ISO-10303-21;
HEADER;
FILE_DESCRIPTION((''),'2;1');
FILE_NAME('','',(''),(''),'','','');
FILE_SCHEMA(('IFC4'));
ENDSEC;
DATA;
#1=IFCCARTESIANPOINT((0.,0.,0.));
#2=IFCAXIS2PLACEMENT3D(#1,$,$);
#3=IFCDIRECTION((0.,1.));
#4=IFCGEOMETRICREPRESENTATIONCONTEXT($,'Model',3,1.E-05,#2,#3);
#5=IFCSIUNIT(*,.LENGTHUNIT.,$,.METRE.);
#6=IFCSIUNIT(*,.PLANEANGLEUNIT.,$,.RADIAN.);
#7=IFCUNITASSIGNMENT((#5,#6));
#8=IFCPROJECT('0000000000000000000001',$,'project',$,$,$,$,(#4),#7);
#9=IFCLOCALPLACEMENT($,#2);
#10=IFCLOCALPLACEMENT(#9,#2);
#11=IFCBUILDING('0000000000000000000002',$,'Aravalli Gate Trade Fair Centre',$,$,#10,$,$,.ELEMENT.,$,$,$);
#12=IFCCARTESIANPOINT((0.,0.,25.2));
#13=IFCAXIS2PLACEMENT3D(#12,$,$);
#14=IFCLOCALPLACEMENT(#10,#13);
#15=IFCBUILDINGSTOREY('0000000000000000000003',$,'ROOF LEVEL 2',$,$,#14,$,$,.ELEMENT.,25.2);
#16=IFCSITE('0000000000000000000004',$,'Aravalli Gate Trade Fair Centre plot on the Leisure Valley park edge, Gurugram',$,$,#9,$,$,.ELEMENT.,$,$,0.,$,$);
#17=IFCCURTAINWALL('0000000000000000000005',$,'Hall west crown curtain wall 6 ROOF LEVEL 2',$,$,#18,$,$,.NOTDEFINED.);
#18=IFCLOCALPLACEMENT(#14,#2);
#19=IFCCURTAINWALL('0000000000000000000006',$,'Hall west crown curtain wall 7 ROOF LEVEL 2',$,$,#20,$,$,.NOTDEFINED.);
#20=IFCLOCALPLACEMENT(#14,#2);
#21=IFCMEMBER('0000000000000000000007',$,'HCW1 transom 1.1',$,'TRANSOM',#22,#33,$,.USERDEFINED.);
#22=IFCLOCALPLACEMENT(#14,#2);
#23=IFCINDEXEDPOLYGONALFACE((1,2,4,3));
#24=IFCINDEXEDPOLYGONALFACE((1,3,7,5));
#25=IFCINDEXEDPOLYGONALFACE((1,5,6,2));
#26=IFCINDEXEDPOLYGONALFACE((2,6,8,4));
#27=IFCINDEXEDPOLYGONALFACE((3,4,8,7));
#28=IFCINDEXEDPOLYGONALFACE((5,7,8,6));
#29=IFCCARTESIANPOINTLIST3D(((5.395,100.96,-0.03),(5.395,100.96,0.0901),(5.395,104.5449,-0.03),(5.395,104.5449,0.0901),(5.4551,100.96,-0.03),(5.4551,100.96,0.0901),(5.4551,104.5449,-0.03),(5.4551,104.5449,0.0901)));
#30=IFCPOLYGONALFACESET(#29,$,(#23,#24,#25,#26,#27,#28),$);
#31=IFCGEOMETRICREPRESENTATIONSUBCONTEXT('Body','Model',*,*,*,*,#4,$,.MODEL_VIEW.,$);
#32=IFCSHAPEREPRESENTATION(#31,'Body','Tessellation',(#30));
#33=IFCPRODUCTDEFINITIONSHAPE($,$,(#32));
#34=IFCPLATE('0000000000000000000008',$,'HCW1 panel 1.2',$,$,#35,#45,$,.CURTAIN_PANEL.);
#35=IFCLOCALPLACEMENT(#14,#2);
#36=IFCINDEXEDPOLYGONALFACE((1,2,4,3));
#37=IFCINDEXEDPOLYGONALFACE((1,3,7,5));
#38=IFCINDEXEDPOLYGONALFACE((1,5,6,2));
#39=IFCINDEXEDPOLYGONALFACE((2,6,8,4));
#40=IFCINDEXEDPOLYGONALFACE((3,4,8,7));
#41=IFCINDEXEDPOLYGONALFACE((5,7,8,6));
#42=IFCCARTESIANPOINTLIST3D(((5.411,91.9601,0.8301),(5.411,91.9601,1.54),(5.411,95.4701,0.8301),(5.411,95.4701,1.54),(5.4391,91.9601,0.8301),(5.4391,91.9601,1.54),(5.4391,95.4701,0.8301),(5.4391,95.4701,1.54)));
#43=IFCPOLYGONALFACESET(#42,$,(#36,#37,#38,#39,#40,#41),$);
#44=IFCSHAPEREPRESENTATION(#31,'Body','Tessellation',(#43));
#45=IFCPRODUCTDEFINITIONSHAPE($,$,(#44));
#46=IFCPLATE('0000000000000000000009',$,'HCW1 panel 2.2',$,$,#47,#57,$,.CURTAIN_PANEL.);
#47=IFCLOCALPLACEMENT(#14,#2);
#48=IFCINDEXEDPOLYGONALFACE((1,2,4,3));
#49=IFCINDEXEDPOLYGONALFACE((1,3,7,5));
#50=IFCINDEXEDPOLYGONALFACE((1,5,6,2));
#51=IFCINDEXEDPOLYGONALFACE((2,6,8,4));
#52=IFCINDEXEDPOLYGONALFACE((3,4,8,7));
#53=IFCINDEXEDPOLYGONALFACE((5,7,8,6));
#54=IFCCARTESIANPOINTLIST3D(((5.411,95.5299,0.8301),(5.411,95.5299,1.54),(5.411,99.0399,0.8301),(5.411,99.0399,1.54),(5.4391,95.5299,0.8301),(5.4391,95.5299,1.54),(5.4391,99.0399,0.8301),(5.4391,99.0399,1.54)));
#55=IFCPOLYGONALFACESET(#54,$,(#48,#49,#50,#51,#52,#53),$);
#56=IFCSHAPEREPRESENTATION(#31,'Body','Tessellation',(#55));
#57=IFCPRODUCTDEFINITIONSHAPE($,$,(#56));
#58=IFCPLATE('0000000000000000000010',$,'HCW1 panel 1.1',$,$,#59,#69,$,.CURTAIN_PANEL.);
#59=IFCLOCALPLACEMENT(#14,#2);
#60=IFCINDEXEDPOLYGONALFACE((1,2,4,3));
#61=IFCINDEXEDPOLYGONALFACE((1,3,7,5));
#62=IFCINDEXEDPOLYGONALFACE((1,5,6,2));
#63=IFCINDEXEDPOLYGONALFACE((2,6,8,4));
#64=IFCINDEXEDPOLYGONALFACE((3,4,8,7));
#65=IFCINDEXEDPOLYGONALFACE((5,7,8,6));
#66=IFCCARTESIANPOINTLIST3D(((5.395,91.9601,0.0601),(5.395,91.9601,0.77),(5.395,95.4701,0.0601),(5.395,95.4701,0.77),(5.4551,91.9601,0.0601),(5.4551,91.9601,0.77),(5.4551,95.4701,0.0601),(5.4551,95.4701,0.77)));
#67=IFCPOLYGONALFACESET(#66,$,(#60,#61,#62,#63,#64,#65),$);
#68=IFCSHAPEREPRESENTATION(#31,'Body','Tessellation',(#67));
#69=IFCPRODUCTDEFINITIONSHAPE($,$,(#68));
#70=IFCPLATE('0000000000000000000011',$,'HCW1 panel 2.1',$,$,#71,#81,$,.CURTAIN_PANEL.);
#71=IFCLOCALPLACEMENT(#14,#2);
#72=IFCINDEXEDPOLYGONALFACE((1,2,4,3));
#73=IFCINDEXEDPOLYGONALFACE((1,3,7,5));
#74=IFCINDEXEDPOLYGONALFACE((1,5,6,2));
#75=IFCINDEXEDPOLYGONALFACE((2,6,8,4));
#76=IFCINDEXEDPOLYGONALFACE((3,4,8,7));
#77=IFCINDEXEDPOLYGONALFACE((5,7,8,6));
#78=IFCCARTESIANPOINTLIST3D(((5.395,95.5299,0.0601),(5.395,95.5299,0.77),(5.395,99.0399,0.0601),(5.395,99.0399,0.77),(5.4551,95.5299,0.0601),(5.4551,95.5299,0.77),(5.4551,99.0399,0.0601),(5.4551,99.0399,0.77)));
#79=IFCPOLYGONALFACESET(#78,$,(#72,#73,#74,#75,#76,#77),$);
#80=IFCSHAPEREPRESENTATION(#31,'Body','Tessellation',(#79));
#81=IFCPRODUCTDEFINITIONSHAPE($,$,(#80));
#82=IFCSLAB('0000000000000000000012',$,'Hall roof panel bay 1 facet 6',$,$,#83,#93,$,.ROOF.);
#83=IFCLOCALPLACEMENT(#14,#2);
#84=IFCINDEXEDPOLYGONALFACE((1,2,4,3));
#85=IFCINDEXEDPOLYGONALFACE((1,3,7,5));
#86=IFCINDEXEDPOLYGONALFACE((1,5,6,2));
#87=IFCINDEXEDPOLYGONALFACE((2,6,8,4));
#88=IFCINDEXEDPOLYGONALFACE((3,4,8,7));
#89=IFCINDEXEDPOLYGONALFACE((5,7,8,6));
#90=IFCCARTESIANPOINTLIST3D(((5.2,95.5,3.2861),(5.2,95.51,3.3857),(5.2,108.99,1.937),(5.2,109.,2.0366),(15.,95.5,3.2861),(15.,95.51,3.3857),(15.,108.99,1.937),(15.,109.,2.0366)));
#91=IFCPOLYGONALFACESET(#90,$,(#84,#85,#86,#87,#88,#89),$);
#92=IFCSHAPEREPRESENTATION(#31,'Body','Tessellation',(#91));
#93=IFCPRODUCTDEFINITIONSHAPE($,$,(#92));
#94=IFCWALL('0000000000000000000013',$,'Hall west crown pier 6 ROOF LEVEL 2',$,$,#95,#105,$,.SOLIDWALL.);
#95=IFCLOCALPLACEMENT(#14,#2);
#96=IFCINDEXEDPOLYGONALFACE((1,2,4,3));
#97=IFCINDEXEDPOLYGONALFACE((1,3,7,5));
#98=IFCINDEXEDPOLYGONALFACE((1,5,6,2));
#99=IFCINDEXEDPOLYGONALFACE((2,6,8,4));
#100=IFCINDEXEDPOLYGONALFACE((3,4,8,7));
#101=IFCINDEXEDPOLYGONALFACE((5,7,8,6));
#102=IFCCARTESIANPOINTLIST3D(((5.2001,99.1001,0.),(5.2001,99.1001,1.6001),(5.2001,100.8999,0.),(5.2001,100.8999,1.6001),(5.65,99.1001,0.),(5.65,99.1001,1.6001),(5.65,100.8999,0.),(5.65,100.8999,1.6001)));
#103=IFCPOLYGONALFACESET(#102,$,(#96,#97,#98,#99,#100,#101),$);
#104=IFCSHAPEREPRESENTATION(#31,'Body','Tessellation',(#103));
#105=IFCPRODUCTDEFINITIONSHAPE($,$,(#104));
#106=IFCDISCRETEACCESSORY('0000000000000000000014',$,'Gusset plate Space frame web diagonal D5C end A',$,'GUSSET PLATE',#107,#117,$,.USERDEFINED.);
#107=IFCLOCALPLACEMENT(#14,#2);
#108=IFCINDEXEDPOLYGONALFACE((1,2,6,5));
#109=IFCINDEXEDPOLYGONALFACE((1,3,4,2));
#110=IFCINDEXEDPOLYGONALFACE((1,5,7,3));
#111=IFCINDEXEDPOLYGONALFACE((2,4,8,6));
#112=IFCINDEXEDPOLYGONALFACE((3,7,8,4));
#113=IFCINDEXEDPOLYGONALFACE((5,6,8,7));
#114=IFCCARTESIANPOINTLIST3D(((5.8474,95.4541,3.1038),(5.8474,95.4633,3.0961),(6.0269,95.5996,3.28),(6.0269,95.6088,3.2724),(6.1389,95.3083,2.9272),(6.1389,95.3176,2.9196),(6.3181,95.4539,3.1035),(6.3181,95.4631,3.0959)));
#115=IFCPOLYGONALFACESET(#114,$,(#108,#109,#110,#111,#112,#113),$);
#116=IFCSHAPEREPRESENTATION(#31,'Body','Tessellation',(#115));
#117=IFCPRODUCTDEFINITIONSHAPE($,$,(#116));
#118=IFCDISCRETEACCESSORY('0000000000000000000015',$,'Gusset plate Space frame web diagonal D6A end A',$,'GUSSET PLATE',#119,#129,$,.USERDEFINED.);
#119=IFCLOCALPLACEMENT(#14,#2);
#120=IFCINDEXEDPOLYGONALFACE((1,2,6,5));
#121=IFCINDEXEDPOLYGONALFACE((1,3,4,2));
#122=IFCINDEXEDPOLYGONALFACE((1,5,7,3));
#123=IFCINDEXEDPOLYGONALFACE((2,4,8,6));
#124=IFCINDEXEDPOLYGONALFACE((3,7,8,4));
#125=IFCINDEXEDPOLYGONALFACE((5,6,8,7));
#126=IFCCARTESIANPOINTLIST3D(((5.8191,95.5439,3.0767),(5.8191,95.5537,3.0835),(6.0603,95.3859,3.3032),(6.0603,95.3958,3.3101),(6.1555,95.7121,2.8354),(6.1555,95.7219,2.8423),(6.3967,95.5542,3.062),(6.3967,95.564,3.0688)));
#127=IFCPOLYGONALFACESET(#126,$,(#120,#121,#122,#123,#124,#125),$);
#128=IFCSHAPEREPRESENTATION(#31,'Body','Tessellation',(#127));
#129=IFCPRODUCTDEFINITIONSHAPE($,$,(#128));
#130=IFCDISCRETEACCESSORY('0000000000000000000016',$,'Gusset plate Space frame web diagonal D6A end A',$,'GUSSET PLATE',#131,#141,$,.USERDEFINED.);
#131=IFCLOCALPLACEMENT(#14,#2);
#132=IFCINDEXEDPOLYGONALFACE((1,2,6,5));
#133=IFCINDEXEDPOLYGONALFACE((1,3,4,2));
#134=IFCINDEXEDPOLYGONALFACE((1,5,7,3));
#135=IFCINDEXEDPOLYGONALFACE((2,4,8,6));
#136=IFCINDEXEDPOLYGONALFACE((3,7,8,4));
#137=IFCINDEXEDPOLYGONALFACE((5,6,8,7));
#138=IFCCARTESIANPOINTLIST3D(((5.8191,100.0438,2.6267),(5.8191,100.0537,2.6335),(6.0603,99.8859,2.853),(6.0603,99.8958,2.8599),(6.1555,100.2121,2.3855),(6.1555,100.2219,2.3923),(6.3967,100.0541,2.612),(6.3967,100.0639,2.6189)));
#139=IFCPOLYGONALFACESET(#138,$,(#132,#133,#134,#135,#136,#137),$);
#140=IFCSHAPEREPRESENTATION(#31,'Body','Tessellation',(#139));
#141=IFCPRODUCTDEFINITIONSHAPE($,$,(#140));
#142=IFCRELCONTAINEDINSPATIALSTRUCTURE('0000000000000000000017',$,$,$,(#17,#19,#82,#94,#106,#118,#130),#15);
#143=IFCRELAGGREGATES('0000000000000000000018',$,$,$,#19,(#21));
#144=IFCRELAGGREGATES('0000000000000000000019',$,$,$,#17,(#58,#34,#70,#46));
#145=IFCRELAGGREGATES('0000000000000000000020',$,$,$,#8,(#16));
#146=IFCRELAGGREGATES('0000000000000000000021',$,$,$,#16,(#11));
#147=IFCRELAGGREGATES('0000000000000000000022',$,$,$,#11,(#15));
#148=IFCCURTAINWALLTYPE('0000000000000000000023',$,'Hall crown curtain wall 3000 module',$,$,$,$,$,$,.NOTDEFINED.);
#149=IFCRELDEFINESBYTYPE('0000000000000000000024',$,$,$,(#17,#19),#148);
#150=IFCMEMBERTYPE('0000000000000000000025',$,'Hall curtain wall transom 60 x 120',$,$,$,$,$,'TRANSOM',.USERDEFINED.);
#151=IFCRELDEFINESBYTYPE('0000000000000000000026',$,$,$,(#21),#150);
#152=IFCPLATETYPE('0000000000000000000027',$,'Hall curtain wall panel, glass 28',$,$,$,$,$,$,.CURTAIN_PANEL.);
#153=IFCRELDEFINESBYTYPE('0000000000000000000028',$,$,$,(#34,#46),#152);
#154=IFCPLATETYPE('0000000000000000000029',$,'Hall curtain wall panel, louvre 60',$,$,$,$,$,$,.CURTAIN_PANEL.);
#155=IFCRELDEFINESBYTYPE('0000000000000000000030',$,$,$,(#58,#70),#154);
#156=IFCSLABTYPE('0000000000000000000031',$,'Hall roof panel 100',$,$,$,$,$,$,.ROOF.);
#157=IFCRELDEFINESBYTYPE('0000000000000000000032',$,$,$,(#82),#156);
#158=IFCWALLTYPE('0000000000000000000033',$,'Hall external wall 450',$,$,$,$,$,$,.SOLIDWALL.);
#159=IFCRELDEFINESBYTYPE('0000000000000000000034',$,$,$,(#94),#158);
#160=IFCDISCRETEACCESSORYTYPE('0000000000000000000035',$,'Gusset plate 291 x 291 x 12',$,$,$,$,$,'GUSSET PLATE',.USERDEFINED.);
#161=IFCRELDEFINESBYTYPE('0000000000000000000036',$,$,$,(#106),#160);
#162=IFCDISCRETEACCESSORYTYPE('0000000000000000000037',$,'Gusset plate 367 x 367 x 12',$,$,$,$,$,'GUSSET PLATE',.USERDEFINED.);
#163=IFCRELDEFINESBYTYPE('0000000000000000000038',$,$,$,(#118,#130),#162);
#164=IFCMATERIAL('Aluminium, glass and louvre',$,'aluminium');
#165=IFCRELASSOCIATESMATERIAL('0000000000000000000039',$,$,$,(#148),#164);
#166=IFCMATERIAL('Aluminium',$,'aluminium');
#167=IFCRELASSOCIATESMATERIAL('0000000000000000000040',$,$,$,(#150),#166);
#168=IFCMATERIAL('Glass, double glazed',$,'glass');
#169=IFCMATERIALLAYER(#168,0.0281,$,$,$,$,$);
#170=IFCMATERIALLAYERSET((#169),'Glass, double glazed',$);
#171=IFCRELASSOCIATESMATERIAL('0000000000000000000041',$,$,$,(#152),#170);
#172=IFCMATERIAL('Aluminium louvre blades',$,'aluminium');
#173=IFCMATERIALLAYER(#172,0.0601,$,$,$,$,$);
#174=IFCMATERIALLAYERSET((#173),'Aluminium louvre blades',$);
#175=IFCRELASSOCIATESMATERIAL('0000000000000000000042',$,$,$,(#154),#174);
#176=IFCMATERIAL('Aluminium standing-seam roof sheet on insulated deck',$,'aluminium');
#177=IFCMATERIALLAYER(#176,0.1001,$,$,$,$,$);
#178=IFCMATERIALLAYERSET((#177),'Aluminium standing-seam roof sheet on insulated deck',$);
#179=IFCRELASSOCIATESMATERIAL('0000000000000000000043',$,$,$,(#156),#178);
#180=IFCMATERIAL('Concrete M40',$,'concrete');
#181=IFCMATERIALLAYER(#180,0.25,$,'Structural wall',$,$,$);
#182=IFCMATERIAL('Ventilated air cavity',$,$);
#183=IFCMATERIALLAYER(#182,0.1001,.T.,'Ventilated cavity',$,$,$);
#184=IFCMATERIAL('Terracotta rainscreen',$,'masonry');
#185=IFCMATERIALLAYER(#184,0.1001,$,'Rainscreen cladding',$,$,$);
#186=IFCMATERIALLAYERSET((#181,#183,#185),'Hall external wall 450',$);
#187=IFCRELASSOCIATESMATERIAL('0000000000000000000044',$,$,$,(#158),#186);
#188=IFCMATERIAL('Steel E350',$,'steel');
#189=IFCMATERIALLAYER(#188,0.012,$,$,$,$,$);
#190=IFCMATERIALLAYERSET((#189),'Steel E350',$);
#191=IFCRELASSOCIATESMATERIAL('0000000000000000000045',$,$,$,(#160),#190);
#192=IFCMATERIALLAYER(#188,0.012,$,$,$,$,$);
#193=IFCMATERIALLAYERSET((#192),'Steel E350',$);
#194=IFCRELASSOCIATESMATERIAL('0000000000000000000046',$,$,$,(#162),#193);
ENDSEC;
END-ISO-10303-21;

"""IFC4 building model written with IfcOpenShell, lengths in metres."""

from ifc_helpers import new_model, si_unit, direction, frame, frame_2d, origin, origin_2d, place, context, subcontext, project, spatial, polyline, rectangle, outline, extrude, material, layer, layer_set, material_profile, profile_set, type_object, element, aggregate, save


model = new_model("IFC4")

# Units and contexts
model_context = context("Model", 3, precision=1e-05, world=origin(), true_north=direction((0.0, 1.0)))
body_context = subcontext(model_context, "Body", "Model", "MODEL_VIEW")
ifc_project = project(units=[si_unit("LENGTHUNIT", "METRE"), si_unit("PLANEANGLEUNIT", "RADIAN")], contexts=[model_context])

# Site, building, storey
site_placement = place(None, origin())
site = spatial("IfcSite", under=ifc_project, at=site_placement, Name="Aravalli Gate Trade Fair Centre plot on the Leisure Valley park edge, Gurugram", CompositionType="ELEMENT", RefElevation=0.0)
building_placement = place(site_placement, origin())
building = spatial("IfcBuilding", under=site, at=building_placement, Name="Aravalli Gate Trade Fair Centre", CompositionType="ELEMENT")
storey_placement = place(building_placement, frame((0.0, 0.0, 25.2)))
storey = spatial("IfcBuildingStorey", under=building, at=storey_placement, Name="ROOF LEVEL 2", CompositionType="ELEMENT", Elevation=25.2)

# Shared definitions
ifc_material_1 = material(Name="Steel E350", Category="steel")

# Curtain wall
ifc_material_2 = material(Name="Aluminium, glass and louvre", Category="aluminium")
curtain_wall_type = type_object("IfcCurtainWallType", Name="Hall crown curtain wall 3000 module", PredefinedType="NOTDEFINED", material=ifc_material_2)
curtain_wall_1_placement = place(storey_placement, origin())
curtain_wall_1 = element("IfcCurtainWall", 1, at=curtain_wall_1_placement, inside=storey, type_object=curtain_wall_type, Name="Hall west crown curtain wall 6 ROOF LEVEL 2", PredefinedType="NOTDEFINED")
ifc_material_3 = material(Name="Aluminium", Category="aluminium")

# Curtain wall
curtain_wall_2_placement = place(storey_placement, origin())
curtain_wall_2 = element("IfcCurtainWall", 2, at=curtain_wall_2_placement, inside=storey, type_object=curtain_wall_type, Name="Hall west crown curtain wall 7 ROOF LEVEL 2", PredefinedType="NOTDEFINED")

# Member
ifc_material_profile_1 = material_profile(ifc_material_3, rectangle(XDim=0.0601, YDim=0.1201, at=origin_2d()), Name="Hall curtain wall transom 60 x 120")
ifc_profile_set_1 = profile_set([ifc_material_profile_1], Name="Aluminium")
member_type_1 = type_object("IfcMemberType", Name="Hall curtain wall transom 60 x 120", ElementType="TRANSOM", PredefinedType="USERDEFINED", material=ifc_profile_set_1)
member_1_placement = place(storey_placement, frame((5.425, 100.96, 0.03), z_axis=(0.0, 1.0, 0.0), x_axis=(-1.0, 0.0, 0.0)))
member_1 = element("IfcMember", 3, at=member_1_placement, type_object=member_type_1, Name="HCW1 transom 1.1", ObjectType="TRANSOM", PredefinedType="USERDEFINED", context=body_context, shape_type="SweptSolid", body=[
    extrude(rectangle(XDim=0.0601, YDim=0.1201, at=origin_2d()), origin(), (0.0, 0.0, 1.0), 3.585),
])
aggregate(curtain_wall_2, [member_1])

# Plates
ifc_material_4 = material(Name="Glass, double glazed", Category="glass")
ifc_layer_1 = layer(ifc_material_4, 0.0281)
ifc_layer_set_1 = layer_set([ifc_layer_1], Name="Glass, double glazed")
plate_type_1 = type_object("IfcPlateType", Name="Hall curtain wall panel, glass 28", PredefinedType="CURTAIN_PANEL", material=ifc_layer_set_1)
plate_1_placement = place(storey_placement, frame((5.425, 93.7151, 0.8301), z_axis=(0.0, 0.0, 1.0), x_axis=(0.0, 1.0, 0.0)))
plate_1 = element("IfcPlate", 4, at=plate_1_placement, type_object=plate_type_1, Name="HCW1 panel 1.2", PredefinedType="CURTAIN_PANEL", context=body_context, shape_type="SweptSolid", body=[
    extrude(rectangle(XDim=3.51, YDim=0.0281, at=origin_2d()), origin(), (0.0, 0.0, 1.0), 0.71),
])
plate_2_placement = place(storey_placement, frame((5.425, 97.2849, 0.8301), z_axis=(0.0, 0.0, 1.0), x_axis=(0.0, 1.0, 0.0)))
plate_2 = element("IfcPlate", 5, at=plate_2_placement, type_object=plate_type_1, Name="HCW1 panel 2.2", PredefinedType="CURTAIN_PANEL", context=body_context, shape_type="SweptSolid", body=[
    extrude(rectangle(XDim=3.51, YDim=0.0281, at=origin_2d()), origin(), (0.0, 0.0, 1.0), 0.71),
])
ifc_material_5 = material(Name="Aluminium louvre blades", Category="aluminium")
ifc_layer_2 = layer(ifc_material_5, 0.0601)
ifc_layer_set_2 = layer_set([ifc_layer_2], Name="Aluminium louvre blades")
plate_type_2 = type_object("IfcPlateType", Name="Hall curtain wall panel, louvre 60", PredefinedType="CURTAIN_PANEL", material=ifc_layer_set_2)
plate_3_placement = place(storey_placement, frame((5.425, 93.7151, 0.0601), z_axis=(0.0, 0.0, 1.0), x_axis=(0.0, 1.0, 0.0)))
plate_3 = element("IfcPlate", 6, at=plate_3_placement, type_object=plate_type_2, Name="HCW1 panel 1.1", PredefinedType="CURTAIN_PANEL", context=body_context, shape_type="SweptSolid", body=[
    extrude(rectangle(XDim=3.51, YDim=0.0601, at=origin_2d()), origin(), (0.0, 0.0, 1.0), 0.71),
])
plate_4_placement = place(storey_placement, frame((5.425, 97.2849, 0.0601), z_axis=(0.0, 0.0, 1.0), x_axis=(0.0, 1.0, 0.0)))
plate_4 = element("IfcPlate", 7, at=plate_4_placement, type_object=plate_type_2, Name="HCW1 panel 2.1", PredefinedType="CURTAIN_PANEL", context=body_context, shape_type="SweptSolid", body=[
    extrude(rectangle(XDim=3.51, YDim=0.0601, at=origin_2d()), origin(), (0.0, 0.0, 1.0), 0.71),
])
aggregate(curtain_wall_1, [plate_3, plate_1, plate_4, plate_2])

# Slab
ifc_material_6 = material(Name="Aluminium standing-seam roof sheet on insulated deck", Category="aluminium")
ifc_layer_3 = layer(ifc_material_6, 0.1001)
ifc_layer_set_3 = layer_set([ifc_layer_3], Name="Aluminium standing-seam roof sheet on insulated deck")
slab_type = type_object("IfcSlabType", Name="Hall roof panel 100", PredefinedType="ROOF", material=ifc_layer_set_3)
slab_placement = place(storey_placement, frame((5.2, 95.51, 3.3857), z_axis=(0.0, 0.099513, 0.995036), x_axis=(1.0, 0.0, 0.0)))
element("IfcSlab", 8, at=slab_placement, inside=storey, type_object=slab_type, Name="Hall roof panel bay 1 facet 6", PredefinedType="ROOF", context=body_context, shape_type="SweptSolid", body=[
    extrude(outline(polyline([(0.0, 0.0), (9.8, 0.0), (9.8, 13.5573), (0.0, 13.5573), (0.0, 0.0)])), origin(), (0.0, 0.0, -1.0), 0.1001),
])

# Wall
ifc_material_7 = material(Name="Concrete M40", Category="concrete")
ifc_layer_4 = layer(ifc_material_7, 0.25, Name="Structural wall")
ifc_material_8 = material(Name="Ventilated air cavity")
ifc_layer_5 = layer(ifc_material_8, 0.1001, ventilated=True, Name="Ventilated cavity")
ifc_material_9 = material(Name="Terracotta rainscreen", Category="masonry")
ifc_layer_6 = layer(ifc_material_9, 0.1001, Name="Rainscreen cladding")
ifc_layer_set_4 = layer_set([ifc_layer_4, ifc_layer_5, ifc_layer_6], Name="Hall external wall 450")
wall_type = type_object("IfcWallType", Name="Hall external wall 450", PredefinedType="SOLIDWALL", material=ifc_layer_set_4)
wall_placement = place(storey_placement, frame((5.425, 99.1001, 0.0), z_axis=(0.0, 0.0, 1.0), x_axis=(0.0, 1.0, 0.0)))
element("IfcWall", 9, at=wall_placement, inside=storey, type_object=wall_type, Name="Hall west crown pier 6 ROOF LEVEL 2", PredefinedType="SOLIDWALL", context=body_context, shape_type="SweptSolid", body=[
    extrude(rectangle(XDim=1.7998, YDim=0.45, at=frame_2d((0.8999, 0.0))), origin(), (0.0, 0.0, 1.0), 1.6001),
])

# Discrete accessories
ifc_layer_7 = layer(ifc_material_1, 0.012)
ifc_layer_set_5 = layer_set([ifc_layer_7], Name="Steel E350")
discrete_accessory_type_1 = type_object("IfcDiscreteAccessoryType", Name="Gusset plate 291 x 291 x 12", ElementType="GUSSET PLATE", PredefinedType="USERDEFINED", material=ifc_layer_set_5)
discrete_accessory_1_placement = place(storey_placement, frame((6.1389, 95.3083, 2.9272), z_axis=(-0.00007, -0.771155, 0.636648), x_axis=(-0.786484, 0.393242, 0.476238)))
element("IfcDiscreteAccessory", 10, at=discrete_accessory_1_placement, inside=storey, type_object=discrete_accessory_type_1, Name="Gusset plate Space frame web diagonal D5C end A", ObjectType="GUSSET PLATE", PredefinedType="USERDEFINED", context=body_context, shape_type="SweptSolid", body=[
    extrude(outline(polyline([(0.0, 0.0), (0.3706, 0.0), (0.3707, -0.2906), (0.0002, -0.2904), (0.0, 0.0)])), origin(), (0.0, 0.0, -1.0), 0.012),
])
ifc_layer_8 = layer(ifc_material_1, 0.012)
ifc_layer_set_6 = layer_set([ifc_layer_8], Name="Steel E350")
discrete_accessory_type_2 = type_object("IfcDiscreteAccessoryType", Name="Gusset plate 367 x 367 x 12", ElementType="GUSSET PLATE", PredefinedType="USERDEFINED", material=ifc_layer_set_6)
discrete_accessory_2_placement = place(storey_placement, frame((6.1555, 95.7219, 2.8423), z_axis=(-0.000057, 0.820282, 0.57196), x_axis=(-0.75291, -0.376455, 0.539822)))
element("IfcDiscreteAccessory", 11, at=discrete_accessory_2_placement, inside=storey, type_object=discrete_accessory_type_2, Name="Gusset plate Space frame web diagonal D6A end A", ObjectType="GUSSET PLATE", PredefinedType="USERDEFINED", context=body_context, shape_type="SweptSolid", body=[
    extrude(outline(polyline([(0.0, 0.0), (0.4468, 0.0), (0.447, 0.3667), (0.0002, 0.3667), (0.0, 0.0)])), origin(), (0.0, 0.0, -1.0), 0.012),
])
discrete_accessory_3_placement = place(storey_placement, frame((6.1555, 100.2219, 2.3923), z_axis=(-0.000049, 0.820141, 0.572161), x_axis=(-0.75291, -0.376583, 0.539733)))
element("IfcDiscreteAccessory", 12, at=discrete_accessory_3_placement, inside=storey, type_object=discrete_accessory_type_2, Name="Gusset plate Space frame web diagonal D6A end A", ObjectType="GUSSET PLATE", PredefinedType="USERDEFINED", context=body_context, shape_type="SweptSolid", body=[
    extrude(outline(polyline([(0.0, 0.0), (0.4468, 0.0), (0.4469, 0.3665), (0.0002, 0.3667), (0.0, 0.0)])), origin(), (0.0, 0.0, -1.0), 0.012),
])

save(model, "model.ifc")
